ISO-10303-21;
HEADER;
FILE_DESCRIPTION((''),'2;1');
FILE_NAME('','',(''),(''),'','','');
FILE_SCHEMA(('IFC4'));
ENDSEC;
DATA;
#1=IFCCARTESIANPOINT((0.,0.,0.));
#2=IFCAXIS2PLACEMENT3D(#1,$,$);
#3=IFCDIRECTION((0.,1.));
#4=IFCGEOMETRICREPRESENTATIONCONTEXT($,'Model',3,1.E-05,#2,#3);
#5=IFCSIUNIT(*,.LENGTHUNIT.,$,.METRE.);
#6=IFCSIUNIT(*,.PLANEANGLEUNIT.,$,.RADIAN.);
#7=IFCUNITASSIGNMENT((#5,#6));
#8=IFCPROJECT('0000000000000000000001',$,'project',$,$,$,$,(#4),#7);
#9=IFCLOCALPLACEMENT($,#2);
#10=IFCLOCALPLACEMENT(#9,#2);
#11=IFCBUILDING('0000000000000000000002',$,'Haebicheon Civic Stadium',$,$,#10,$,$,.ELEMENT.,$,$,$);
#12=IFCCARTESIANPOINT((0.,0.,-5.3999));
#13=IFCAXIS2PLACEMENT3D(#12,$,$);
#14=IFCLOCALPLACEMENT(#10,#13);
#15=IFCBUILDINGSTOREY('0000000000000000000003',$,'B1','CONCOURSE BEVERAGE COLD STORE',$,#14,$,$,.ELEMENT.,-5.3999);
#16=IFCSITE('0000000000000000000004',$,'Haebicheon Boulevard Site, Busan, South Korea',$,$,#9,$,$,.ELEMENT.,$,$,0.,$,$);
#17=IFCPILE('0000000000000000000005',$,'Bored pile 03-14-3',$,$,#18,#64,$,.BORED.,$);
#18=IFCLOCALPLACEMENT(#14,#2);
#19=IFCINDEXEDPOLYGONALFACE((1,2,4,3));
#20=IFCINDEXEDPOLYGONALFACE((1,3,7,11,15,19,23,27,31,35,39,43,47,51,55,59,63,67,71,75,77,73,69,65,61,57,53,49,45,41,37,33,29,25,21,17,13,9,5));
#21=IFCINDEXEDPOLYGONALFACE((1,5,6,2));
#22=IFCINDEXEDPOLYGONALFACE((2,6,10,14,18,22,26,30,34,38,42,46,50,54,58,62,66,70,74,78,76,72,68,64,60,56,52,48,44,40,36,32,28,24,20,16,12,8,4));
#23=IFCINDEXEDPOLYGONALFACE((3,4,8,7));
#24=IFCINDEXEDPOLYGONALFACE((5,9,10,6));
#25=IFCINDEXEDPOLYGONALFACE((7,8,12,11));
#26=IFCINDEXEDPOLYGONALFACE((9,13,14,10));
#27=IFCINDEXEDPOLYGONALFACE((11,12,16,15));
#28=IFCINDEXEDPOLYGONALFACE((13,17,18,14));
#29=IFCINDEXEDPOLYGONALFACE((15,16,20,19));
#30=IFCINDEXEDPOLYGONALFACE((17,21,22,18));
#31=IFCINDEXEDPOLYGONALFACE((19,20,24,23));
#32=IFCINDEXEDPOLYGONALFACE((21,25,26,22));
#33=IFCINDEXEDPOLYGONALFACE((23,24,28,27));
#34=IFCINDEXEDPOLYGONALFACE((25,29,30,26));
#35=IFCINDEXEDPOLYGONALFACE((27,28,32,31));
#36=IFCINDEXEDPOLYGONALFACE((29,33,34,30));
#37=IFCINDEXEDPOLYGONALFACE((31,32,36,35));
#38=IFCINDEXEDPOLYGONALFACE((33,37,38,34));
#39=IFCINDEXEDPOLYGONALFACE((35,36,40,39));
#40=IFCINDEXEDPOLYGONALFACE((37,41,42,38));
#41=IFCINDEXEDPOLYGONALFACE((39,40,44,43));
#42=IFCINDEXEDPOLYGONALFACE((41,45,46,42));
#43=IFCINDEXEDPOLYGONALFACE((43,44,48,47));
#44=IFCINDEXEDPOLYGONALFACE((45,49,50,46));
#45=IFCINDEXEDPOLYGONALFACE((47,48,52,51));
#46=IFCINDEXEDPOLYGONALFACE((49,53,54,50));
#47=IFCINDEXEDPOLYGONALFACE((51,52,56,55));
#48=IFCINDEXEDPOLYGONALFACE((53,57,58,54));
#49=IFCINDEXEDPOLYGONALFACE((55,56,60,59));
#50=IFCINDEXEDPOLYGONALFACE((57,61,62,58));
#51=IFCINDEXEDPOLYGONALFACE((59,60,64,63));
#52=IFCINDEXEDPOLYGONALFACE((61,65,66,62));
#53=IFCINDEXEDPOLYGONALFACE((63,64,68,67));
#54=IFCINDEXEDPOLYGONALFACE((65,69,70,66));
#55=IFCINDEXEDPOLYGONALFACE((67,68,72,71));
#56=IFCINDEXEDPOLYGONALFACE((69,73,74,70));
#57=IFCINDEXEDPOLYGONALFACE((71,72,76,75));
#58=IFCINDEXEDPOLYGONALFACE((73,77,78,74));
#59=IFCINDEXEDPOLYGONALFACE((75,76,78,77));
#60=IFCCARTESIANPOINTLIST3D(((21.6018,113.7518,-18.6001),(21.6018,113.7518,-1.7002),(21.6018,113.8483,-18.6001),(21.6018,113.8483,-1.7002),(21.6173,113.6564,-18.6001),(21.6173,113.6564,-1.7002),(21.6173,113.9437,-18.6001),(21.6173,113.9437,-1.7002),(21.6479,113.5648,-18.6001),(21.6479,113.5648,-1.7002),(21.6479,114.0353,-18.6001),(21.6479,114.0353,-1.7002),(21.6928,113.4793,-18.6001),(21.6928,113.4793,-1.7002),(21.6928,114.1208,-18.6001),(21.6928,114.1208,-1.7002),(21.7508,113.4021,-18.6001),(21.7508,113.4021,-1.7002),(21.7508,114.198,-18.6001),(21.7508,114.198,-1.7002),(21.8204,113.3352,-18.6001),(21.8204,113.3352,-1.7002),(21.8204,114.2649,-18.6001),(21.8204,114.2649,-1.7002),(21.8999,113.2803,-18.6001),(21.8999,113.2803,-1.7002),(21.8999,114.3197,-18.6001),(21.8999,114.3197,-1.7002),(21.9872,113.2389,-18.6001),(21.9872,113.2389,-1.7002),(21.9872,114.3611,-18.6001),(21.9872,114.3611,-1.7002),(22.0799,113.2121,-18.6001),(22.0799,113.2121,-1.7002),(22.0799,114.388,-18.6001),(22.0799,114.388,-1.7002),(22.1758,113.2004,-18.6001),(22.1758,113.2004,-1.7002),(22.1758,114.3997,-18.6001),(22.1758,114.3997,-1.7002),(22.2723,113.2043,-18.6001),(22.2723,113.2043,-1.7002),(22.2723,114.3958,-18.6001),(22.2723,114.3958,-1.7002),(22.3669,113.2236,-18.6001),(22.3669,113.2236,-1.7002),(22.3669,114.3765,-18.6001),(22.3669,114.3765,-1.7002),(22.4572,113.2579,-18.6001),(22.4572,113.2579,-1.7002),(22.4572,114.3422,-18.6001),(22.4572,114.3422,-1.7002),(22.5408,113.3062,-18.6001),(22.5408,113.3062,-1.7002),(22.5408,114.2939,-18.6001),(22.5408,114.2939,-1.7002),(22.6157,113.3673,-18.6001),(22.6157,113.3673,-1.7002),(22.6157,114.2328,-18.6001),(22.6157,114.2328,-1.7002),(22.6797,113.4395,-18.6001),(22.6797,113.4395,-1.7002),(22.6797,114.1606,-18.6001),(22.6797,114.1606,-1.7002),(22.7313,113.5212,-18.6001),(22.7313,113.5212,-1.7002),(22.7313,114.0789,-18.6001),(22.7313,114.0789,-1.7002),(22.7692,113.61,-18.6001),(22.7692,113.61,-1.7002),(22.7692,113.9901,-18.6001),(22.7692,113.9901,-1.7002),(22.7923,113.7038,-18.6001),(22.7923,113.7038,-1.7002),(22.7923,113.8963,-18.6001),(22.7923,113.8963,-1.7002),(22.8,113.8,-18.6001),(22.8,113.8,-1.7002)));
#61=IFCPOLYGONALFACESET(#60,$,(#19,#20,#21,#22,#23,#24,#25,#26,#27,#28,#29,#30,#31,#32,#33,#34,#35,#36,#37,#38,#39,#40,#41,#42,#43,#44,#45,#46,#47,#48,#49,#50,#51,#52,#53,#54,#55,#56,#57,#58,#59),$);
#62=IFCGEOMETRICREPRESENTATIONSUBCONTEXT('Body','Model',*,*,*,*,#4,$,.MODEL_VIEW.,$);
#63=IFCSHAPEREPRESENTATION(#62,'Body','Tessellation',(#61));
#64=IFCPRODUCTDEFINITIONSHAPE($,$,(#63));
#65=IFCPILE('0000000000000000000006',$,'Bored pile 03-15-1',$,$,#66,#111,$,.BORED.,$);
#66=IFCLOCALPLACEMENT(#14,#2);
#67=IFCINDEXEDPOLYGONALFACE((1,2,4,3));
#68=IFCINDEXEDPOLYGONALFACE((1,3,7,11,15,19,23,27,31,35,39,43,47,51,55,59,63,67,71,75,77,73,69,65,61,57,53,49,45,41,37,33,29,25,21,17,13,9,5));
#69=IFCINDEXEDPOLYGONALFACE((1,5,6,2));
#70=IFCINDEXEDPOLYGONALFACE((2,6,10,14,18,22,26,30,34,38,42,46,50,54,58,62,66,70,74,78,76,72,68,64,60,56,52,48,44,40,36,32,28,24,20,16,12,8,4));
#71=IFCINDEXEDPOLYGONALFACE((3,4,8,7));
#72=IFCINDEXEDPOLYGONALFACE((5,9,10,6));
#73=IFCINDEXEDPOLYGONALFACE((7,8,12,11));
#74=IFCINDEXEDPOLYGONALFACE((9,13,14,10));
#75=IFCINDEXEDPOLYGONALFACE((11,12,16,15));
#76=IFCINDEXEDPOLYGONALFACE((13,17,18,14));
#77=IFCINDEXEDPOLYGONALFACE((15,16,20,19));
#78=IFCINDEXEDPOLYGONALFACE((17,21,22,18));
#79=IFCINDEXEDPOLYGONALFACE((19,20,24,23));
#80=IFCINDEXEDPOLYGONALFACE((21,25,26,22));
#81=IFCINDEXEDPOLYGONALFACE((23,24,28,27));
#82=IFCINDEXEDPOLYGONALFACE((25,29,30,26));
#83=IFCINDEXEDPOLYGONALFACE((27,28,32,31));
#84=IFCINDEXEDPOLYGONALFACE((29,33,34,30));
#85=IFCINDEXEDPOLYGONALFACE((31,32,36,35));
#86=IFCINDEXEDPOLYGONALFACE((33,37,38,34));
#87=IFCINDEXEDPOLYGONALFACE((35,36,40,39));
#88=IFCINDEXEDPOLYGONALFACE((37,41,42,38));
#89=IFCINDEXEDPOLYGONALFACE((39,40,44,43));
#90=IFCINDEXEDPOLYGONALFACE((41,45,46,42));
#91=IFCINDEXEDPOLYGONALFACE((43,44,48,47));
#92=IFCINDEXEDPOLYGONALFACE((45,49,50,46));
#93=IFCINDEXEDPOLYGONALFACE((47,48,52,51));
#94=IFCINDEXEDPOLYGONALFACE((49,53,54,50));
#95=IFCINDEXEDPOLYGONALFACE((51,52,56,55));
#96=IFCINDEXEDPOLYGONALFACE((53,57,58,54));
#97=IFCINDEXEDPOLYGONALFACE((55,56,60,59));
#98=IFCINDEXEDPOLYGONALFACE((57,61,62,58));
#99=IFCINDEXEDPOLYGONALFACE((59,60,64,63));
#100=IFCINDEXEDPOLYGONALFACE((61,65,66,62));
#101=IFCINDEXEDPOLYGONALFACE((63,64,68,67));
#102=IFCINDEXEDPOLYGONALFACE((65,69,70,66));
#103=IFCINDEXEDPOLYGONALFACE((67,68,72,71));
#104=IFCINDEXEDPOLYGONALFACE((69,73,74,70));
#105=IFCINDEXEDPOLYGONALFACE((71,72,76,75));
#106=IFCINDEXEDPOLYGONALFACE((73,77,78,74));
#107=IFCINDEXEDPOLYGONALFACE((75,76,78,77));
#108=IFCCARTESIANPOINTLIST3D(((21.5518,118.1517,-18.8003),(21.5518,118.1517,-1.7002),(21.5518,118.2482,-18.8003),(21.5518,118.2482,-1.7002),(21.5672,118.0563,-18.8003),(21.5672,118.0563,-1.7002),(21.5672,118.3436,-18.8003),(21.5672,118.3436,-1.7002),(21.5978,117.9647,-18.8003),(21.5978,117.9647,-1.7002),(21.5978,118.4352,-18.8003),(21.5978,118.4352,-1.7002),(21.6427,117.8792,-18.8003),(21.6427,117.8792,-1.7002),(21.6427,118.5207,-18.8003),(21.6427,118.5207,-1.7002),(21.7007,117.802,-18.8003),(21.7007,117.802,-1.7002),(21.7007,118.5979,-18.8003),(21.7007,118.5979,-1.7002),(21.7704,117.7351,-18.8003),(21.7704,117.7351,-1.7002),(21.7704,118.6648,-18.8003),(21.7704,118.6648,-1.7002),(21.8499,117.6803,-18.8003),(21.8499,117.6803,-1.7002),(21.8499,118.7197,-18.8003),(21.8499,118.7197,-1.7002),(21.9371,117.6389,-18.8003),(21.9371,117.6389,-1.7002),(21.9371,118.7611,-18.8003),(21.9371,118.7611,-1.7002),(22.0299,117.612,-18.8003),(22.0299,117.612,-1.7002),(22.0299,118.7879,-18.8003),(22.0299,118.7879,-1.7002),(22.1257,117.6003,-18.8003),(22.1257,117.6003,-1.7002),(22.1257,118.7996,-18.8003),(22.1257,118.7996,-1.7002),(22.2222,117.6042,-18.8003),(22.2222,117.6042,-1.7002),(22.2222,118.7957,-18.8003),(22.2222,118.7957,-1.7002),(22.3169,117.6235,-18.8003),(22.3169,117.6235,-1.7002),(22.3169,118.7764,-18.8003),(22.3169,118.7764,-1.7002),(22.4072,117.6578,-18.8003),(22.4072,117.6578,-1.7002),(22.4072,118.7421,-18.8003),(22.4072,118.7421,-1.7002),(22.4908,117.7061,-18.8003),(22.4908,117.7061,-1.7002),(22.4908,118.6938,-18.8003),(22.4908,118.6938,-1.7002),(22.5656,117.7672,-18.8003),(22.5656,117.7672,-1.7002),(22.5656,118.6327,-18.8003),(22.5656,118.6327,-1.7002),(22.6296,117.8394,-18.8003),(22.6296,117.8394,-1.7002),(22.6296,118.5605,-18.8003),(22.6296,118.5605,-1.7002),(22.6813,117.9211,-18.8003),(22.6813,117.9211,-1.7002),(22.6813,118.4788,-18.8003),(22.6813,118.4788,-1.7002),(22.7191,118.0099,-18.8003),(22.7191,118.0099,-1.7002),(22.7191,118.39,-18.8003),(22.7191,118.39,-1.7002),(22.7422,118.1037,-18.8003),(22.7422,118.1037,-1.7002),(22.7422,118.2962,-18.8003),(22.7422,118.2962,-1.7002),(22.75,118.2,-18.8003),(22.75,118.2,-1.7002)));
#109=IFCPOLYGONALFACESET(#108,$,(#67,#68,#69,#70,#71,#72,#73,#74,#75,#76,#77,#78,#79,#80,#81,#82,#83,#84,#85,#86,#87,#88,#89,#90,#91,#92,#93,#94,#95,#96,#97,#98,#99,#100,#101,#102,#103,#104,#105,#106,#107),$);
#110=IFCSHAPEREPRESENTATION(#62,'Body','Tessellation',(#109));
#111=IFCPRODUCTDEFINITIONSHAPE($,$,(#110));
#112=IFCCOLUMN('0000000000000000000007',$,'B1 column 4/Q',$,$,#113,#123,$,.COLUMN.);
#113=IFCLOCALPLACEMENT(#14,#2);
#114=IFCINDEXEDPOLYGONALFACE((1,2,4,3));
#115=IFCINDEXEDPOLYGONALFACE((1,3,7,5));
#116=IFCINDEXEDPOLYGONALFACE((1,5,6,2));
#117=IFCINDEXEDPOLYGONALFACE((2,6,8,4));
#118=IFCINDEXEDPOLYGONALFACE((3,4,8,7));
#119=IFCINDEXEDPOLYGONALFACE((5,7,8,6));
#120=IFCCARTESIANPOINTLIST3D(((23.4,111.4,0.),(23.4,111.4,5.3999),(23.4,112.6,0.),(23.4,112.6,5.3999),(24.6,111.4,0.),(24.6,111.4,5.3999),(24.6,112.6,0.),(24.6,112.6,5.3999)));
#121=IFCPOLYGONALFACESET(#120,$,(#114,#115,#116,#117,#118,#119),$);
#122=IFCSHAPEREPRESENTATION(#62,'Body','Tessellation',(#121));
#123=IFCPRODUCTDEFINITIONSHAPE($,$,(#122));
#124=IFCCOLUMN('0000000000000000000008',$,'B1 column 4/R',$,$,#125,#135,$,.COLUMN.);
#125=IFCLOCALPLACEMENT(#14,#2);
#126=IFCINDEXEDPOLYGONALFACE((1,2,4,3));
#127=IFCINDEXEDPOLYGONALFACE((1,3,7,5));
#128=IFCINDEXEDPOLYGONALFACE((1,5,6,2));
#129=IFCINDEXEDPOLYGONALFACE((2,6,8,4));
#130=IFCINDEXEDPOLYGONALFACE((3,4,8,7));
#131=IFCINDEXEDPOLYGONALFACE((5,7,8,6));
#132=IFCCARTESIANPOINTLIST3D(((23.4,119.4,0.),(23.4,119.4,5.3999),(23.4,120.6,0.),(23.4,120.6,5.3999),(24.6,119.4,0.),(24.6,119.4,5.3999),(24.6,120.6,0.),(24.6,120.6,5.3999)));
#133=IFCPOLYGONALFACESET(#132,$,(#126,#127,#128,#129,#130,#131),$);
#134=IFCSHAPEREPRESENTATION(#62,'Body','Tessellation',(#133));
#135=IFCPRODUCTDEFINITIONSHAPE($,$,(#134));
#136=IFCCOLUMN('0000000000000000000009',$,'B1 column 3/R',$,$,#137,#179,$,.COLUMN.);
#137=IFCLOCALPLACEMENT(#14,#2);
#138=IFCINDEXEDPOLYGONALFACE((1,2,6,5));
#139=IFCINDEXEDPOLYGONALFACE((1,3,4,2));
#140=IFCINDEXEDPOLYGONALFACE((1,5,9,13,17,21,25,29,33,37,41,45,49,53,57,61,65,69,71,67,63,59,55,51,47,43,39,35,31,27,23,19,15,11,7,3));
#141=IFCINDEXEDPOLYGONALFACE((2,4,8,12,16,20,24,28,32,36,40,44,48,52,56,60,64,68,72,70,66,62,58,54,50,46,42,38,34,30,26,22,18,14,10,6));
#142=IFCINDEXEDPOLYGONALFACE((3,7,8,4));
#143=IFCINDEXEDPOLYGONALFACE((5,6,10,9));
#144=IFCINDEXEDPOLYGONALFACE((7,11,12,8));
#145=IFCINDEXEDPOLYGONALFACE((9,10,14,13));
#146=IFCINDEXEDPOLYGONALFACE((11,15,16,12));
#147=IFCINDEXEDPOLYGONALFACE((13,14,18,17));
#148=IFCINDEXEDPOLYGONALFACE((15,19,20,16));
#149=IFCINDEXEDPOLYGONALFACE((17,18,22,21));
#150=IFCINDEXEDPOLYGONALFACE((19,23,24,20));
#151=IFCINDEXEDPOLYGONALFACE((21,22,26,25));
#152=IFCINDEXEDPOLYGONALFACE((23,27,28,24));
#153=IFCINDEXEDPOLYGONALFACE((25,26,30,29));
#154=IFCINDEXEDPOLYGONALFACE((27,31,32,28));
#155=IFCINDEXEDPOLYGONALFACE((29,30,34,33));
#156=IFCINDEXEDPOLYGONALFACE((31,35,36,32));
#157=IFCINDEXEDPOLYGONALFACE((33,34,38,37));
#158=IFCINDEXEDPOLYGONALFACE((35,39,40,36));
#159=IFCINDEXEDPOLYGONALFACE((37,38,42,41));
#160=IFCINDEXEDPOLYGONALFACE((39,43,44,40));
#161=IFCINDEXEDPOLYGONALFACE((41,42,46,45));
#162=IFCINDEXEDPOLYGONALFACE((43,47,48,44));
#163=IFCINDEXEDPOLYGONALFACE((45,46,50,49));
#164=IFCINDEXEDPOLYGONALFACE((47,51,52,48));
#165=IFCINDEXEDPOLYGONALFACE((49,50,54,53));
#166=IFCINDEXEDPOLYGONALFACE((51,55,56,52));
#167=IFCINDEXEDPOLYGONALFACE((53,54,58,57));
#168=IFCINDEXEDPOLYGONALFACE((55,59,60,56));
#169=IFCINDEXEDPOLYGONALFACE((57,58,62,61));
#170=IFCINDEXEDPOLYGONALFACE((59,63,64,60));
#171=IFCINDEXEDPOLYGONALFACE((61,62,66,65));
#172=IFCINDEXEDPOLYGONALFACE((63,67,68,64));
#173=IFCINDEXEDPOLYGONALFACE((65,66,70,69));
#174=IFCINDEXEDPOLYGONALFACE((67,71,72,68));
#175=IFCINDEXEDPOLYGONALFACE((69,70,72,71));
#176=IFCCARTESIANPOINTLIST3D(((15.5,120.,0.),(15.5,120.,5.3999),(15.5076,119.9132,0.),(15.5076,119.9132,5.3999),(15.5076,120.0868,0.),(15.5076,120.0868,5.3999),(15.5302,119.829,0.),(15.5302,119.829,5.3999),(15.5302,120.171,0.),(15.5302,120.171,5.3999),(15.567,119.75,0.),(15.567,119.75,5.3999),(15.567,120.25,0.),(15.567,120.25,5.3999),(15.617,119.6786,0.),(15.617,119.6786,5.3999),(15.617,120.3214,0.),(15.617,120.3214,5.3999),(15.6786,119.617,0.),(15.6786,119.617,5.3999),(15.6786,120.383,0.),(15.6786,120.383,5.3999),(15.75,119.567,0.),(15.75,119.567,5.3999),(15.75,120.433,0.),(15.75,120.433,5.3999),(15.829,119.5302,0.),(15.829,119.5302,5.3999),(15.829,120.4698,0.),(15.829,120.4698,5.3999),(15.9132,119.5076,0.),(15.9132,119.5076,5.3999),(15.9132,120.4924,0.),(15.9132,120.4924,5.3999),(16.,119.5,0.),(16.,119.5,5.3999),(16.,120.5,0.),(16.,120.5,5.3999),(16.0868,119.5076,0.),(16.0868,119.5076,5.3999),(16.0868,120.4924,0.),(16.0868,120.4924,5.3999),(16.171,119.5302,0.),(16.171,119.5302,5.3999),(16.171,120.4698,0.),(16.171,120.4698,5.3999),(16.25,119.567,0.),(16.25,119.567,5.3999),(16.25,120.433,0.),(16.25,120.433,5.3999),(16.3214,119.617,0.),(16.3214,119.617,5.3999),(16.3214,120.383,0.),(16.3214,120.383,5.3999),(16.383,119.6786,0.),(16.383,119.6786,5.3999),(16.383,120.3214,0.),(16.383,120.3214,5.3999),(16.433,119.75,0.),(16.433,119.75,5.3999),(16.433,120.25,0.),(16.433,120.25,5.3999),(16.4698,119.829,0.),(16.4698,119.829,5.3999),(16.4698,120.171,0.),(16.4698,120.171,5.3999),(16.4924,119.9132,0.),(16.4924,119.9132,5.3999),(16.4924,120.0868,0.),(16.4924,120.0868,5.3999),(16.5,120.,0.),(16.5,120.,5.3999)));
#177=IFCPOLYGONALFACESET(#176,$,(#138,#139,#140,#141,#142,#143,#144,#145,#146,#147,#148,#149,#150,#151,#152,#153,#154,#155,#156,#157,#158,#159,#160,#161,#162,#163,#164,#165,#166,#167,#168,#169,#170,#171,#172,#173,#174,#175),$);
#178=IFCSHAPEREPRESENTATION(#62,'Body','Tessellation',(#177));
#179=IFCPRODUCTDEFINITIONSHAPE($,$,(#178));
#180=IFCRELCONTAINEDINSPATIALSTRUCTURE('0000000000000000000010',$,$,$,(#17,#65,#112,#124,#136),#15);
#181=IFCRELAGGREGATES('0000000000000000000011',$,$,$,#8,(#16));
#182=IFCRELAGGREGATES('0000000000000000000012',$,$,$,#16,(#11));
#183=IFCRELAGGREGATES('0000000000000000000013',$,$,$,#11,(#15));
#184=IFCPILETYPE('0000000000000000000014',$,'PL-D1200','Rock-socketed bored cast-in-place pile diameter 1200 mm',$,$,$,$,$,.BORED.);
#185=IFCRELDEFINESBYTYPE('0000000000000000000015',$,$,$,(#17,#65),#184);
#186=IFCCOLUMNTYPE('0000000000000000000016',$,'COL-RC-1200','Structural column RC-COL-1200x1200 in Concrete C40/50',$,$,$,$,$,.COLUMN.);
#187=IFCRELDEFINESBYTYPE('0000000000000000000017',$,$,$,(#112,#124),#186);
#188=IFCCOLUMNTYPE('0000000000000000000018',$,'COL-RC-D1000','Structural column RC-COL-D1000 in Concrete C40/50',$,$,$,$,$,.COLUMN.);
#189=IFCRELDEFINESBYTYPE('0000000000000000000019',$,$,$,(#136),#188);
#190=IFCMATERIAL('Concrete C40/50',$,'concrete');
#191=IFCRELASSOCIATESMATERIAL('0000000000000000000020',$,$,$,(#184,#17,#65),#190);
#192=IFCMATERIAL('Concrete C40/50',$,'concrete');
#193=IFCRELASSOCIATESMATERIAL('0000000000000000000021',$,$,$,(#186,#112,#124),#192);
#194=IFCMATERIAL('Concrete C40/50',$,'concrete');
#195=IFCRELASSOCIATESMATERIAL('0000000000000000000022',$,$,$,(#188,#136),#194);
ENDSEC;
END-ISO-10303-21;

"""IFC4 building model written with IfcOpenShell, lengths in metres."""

from ifc_helpers import new_model, si_unit, direction, frame, origin, origin_2d, place, context, subcontext, project, spatial, rectangle, circle, extrude, material, material_profile, profile_set, type_object, element, save


model = new_model("IFC4")

# Units and contexts
model_context = context("Model", 3, precision=1e-05, world=origin(), true_north=direction((0.0, 1.0)))
body_context = subcontext(model_context, "Body", "Model", "MODEL_VIEW")
ifc_project = project(units=[si_unit("LENGTHUNIT", "METRE"), si_unit("PLANEANGLEUNIT", "RADIAN")], contexts=[model_context])

# Site, building, storey
site_placement = place(None, origin())
site = spatial("IfcSite", under=ifc_project, at=site_placement, Name="Haebicheon Boulevard Site, Busan, South Korea", CompositionType="ELEMENT", RefElevation=0.0)
building_placement = place(site_placement, origin())
building = spatial("IfcBuilding", under=site, at=building_placement, Name="Haebicheon Civic Stadium", CompositionType="ELEMENT")
storey_placement = place(building_placement, frame((0.0, 0.0, -5.3999)))
storey = spatial("IfcBuildingStorey", under=building, at=storey_placement, Name="B1", Description="CONCOURSE BEVERAGE COLD STORE", CompositionType="ELEMENT", Elevation=-5.3999)

# Piles
ifc_material_1 = material(Name="Concrete C40/50", Category="concrete")
ifc_material_profile_1 = material_profile(ifc_material_1, circle(Radius=0.6001, at=origin_2d()), Name="PILE-D1200")
ifc_profile_set_1 = profile_set([ifc_material_profile_1], Name="Concrete C40/50")
pile_type_1 = type_object("IfcPileType", Name="PL-D1200", Description="Rock-socketed bored cast-in-place pile diameter 1200 mm", PredefinedType="BORED", material=ifc_profile_set_1)
pile_1_placement = place(storey_placement, frame((22.2, 113.8, -1.7002), z_axis=(0.0, 0.0, -1.0), x_axis=(1.0, 0.0, 0.0)))
element("IfcPile", 1, at=pile_1_placement, inside=storey, type_object=pile_type_1, material=ifc_profile_set_1, Name="Bored pile 03-14-3", PredefinedType="BORED", context=body_context, shape_type="SweptSolid", body=[
    extrude(circle(Radius=0.6001, at=origin_2d()), origin(), (0.0, 0.0, 1.0), 16.8999),
])
pile_2_placement = place(storey_placement, frame((22.1499, 118.2, -1.7002), z_axis=(0.0, 0.0, -1.0), x_axis=(1.0, 0.0, 0.0)))
element("IfcPile", 2, at=pile_2_placement, inside=storey, type_object=pile_type_1, material=ifc_profile_set_1, Name="Bored pile 03-15-1", PredefinedType="BORED", context=body_context, shape_type="SweptSolid", body=[
    extrude(circle(Radius=0.6001, at=origin_2d()), origin(), (0.0, 0.0, 1.0), 17.1001),
])

# Columns
ifc_material_2 = material(Name="Concrete C40/50", Category="concrete")
ifc_material_profile_2 = material_profile(ifc_material_2, rectangle(XDim=1.2, YDim=1.2, at=origin_2d()), Name="RC-COL-1200x1200")
ifc_profile_set_2 = profile_set([ifc_material_profile_2], Name="Concrete C40/50")
column_type_1 = type_object("IfcColumnType", Name="COL-RC-1200", Description="Structural column RC-COL-1200x1200 in Concrete C40/50", PredefinedType="COLUMN", material=ifc_profile_set_2)
for number, where, z_axis, x_axis, name in (
    (3, (24.0, 112.0, 0.0), (0.0, 0.0, 1.0), (1.0, 0.0, 0.0), "B1 column 4/Q"),
    (4, (24.0, 120.0, 0.0), (0.0, 0.0, 1.0), (1.0, 0.0, 0.0), "B1 column 4/R"),
):
    element("IfcColumn", number, at=place(storey_placement, frame(where, z_axis=z_axis, x_axis=x_axis)), inside=storey, type_object=column_type_1, material=ifc_profile_set_2, Name=name, PredefinedType="COLUMN", context=body_context, shape_type="SweptSolid", body=[
        extrude(rectangle(XDim=1.2, YDim=1.2, at=origin_2d()), origin(), (0.0, 0.0, 1.0), 5.3999),
    ])
ifc_material_3 = material(Name="Concrete C40/50", Category="concrete")
ifc_material_profile_3 = material_profile(ifc_material_3, circle(Radius=0.5, at=origin_2d()), Name="RC-COL-D1000")
ifc_profile_set_3 = profile_set([ifc_material_profile_3], Name="Concrete C40/50")
column_type_2 = type_object("IfcColumnType", Name="COL-RC-D1000", Description="Structural column RC-COL-D1000 in Concrete C40/50", PredefinedType="COLUMN", material=ifc_profile_set_3)
column_placement = place(storey_placement, frame((16.0, 120.0, 0.0), z_axis=(0.0, 0.0, 1.0), x_axis=(1.0, 0.0, 0.0)))
element("IfcColumn", 5, at=column_placement, inside=storey, type_object=column_type_2, material=ifc_profile_set_3, Name="B1 column 3/R", PredefinedType="COLUMN", context=body_context, shape_type="SweptSolid", body=[
    extrude(circle(Radius=0.5, at=origin_2d()), origin(), (0.0, 0.0, 1.0), 5.3999),
])

save(model, "model.ifc")
